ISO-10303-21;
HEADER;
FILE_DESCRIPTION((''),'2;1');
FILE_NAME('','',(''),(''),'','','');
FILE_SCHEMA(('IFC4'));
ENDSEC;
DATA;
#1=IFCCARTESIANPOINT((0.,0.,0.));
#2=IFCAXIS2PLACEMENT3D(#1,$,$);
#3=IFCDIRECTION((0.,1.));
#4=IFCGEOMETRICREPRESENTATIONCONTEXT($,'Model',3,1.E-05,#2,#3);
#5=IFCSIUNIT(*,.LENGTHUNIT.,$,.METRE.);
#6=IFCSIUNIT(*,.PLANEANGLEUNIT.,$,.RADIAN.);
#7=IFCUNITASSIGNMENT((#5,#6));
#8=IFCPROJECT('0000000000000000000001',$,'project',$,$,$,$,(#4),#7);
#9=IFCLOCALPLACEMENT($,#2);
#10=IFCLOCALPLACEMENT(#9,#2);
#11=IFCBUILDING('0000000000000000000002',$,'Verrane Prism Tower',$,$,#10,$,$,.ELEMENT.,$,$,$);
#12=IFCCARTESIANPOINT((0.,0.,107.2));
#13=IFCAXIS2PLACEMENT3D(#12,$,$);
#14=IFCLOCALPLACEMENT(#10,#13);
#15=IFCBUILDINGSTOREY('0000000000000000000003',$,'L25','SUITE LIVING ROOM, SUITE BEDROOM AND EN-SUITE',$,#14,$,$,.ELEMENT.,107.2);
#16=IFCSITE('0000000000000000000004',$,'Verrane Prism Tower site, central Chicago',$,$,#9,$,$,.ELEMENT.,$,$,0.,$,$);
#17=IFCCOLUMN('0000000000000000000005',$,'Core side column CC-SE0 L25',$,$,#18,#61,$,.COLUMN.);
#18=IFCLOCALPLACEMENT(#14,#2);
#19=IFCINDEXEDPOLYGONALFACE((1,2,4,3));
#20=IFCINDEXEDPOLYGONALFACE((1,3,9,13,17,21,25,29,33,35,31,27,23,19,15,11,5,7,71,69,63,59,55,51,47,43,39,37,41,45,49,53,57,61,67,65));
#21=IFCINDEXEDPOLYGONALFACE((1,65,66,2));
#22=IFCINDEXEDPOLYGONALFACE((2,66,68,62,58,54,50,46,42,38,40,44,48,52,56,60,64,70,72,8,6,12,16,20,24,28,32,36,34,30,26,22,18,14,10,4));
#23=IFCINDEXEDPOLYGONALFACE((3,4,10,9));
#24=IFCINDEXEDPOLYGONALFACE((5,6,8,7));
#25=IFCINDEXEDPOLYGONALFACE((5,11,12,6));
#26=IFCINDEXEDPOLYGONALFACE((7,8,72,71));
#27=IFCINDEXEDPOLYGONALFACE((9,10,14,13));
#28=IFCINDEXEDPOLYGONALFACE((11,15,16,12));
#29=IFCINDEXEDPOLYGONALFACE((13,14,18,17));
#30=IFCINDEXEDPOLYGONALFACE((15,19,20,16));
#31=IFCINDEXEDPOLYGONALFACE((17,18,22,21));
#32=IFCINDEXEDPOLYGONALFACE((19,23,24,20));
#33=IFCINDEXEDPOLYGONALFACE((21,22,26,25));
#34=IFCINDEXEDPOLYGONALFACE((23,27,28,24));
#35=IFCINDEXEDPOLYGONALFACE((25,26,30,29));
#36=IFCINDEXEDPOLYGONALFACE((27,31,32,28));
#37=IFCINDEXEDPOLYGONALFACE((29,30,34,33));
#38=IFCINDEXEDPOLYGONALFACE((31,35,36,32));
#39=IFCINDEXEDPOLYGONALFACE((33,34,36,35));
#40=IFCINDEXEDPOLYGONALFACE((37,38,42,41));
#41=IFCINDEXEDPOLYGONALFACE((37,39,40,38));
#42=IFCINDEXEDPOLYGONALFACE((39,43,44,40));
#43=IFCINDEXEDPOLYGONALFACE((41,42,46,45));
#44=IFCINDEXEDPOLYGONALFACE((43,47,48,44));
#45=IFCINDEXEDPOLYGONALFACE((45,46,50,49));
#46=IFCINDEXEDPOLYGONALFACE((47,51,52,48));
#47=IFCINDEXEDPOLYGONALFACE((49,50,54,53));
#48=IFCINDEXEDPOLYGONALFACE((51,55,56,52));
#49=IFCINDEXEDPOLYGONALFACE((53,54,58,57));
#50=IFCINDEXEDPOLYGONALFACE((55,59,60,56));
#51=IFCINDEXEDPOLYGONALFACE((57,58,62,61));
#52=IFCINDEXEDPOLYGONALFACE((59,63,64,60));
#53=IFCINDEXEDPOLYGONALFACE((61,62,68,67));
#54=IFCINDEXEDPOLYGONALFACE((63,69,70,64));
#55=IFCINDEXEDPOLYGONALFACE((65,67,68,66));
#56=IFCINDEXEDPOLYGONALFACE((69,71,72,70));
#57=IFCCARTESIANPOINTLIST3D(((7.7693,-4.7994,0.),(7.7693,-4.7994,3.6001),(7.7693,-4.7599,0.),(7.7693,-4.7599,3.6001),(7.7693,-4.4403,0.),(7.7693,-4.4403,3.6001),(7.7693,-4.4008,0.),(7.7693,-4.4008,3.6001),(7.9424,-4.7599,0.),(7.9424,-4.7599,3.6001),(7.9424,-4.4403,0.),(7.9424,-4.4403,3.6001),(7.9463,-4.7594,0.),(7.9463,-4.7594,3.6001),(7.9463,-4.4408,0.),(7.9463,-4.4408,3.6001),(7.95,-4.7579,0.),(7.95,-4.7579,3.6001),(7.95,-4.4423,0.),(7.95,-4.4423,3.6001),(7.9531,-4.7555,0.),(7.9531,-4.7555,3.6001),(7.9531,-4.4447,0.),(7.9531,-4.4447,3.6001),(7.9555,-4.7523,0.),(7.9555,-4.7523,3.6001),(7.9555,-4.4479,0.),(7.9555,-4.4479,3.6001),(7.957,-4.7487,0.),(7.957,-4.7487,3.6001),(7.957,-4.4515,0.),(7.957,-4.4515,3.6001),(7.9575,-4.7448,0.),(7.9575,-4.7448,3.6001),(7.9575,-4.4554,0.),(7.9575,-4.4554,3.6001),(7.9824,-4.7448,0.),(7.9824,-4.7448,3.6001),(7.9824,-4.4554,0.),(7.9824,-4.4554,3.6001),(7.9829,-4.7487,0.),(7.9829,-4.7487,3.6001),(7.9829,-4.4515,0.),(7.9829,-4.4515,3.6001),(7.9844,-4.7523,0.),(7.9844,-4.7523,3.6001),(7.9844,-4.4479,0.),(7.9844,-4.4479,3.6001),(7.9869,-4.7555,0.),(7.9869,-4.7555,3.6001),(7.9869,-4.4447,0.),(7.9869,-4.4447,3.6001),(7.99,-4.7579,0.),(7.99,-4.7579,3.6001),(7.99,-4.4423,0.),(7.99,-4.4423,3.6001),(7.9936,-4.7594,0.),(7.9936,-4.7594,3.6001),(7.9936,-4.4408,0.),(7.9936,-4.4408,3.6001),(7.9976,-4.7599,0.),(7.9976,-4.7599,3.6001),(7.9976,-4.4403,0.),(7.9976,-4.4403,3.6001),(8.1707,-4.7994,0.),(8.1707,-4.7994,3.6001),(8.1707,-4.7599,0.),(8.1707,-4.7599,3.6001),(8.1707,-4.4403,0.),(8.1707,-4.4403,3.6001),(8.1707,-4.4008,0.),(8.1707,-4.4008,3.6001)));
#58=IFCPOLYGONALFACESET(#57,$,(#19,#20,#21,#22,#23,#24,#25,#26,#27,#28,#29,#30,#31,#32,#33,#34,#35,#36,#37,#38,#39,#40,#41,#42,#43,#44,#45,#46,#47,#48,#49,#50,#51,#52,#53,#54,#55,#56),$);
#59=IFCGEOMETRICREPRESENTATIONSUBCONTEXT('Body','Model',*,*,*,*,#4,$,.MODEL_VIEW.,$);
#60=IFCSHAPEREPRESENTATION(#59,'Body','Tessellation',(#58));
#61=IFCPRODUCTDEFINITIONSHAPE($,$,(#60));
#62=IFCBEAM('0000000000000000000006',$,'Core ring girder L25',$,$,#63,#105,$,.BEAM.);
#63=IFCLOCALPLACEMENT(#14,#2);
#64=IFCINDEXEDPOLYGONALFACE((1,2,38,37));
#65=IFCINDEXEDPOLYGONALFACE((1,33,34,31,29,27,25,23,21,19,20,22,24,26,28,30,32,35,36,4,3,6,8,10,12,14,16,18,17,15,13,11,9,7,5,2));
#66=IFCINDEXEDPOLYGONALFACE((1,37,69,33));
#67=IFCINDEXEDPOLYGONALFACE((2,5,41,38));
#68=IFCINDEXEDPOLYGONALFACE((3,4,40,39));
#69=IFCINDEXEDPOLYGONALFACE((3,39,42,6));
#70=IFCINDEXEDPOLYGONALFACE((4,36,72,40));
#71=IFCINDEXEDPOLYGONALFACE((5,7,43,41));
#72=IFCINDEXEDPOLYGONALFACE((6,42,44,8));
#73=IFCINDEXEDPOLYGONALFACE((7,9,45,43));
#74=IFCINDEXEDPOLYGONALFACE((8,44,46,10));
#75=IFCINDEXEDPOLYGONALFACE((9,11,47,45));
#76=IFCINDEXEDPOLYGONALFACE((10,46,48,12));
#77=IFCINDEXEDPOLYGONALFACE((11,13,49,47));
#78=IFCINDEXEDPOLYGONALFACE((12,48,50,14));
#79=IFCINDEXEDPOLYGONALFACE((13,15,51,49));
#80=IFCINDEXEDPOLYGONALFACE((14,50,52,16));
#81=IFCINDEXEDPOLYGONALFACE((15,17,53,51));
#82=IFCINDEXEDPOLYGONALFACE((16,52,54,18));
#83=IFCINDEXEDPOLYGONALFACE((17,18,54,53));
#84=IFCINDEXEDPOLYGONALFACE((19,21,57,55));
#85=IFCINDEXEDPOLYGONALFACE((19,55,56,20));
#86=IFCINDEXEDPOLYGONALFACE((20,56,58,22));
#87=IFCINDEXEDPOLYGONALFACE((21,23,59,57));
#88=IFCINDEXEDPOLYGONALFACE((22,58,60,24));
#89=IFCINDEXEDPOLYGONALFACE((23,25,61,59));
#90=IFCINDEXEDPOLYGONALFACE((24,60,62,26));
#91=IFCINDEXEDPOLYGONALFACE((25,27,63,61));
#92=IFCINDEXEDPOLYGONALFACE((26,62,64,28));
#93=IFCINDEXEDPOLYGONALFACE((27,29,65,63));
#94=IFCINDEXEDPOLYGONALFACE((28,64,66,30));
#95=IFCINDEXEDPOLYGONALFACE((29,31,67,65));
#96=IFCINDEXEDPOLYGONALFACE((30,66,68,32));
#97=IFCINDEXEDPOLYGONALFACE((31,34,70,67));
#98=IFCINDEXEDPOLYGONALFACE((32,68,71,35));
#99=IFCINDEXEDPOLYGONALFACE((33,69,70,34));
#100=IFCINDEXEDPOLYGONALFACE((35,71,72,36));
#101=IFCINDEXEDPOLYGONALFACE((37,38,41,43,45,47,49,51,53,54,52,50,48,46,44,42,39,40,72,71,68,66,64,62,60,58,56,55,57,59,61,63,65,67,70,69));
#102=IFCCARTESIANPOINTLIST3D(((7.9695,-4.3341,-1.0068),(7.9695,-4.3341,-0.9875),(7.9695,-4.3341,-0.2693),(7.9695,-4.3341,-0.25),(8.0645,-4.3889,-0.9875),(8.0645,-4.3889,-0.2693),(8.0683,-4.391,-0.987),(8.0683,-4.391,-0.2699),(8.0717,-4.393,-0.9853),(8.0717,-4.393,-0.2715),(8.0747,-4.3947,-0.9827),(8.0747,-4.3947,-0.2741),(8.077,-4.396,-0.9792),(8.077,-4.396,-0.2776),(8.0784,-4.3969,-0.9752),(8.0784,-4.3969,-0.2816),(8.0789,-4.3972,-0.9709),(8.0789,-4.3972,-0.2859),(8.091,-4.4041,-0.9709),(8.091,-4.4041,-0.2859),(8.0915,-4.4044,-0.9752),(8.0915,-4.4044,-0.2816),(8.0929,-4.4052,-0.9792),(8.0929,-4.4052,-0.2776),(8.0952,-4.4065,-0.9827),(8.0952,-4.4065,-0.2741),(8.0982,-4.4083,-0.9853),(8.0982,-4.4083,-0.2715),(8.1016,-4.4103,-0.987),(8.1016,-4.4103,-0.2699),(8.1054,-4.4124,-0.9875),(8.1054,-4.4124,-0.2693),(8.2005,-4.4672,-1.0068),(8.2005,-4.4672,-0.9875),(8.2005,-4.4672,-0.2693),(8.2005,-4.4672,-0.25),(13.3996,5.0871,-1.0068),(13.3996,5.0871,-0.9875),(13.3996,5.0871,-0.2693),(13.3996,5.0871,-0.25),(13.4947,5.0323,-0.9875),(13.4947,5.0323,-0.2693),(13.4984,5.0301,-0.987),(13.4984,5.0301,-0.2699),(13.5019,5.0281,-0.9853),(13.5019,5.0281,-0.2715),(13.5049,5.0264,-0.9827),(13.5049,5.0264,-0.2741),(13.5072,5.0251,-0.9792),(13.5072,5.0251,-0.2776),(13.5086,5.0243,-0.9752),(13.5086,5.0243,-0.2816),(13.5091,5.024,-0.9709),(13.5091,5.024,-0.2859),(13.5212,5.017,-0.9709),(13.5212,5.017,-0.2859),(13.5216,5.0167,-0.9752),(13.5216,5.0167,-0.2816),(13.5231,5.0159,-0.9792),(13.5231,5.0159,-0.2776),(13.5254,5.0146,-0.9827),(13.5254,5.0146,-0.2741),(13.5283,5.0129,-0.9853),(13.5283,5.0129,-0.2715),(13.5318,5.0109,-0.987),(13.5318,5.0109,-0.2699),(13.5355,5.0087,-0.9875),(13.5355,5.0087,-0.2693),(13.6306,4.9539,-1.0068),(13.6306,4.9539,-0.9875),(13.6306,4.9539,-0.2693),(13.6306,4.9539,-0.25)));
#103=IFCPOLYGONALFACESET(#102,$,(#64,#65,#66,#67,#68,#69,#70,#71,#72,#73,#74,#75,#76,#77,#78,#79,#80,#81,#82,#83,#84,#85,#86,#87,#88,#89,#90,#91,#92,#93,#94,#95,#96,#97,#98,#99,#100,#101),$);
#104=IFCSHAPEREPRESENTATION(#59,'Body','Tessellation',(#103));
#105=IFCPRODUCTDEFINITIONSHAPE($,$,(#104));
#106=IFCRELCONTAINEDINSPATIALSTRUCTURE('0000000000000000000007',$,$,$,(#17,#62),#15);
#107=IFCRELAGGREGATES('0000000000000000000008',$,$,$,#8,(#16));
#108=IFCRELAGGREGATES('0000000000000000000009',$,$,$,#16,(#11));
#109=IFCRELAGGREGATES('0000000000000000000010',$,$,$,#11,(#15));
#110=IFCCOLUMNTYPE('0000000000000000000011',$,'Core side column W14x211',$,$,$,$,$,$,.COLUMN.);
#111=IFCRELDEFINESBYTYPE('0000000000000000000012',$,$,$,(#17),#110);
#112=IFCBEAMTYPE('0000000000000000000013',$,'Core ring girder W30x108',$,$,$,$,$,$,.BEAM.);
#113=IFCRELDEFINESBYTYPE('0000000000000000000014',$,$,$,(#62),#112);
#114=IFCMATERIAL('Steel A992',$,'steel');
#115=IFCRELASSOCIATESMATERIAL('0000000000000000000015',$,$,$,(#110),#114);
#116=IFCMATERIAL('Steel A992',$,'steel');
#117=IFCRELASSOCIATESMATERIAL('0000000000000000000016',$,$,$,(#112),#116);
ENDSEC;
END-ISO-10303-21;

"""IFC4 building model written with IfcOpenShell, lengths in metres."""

from ifc_helpers import new_model, si_unit, direction, frame, origin, origin_2d, place, context, subcontext, project, spatial, i_section, extrude, material, material_profile, profile_set, type_object, element, save


model = new_model("IFC4")

# Units and contexts
model_context = context("Model", 3, precision=1e-05, world=origin(), true_north=direction((0.0, 1.0)))
body_context = subcontext(model_context, "Body", "Model", "MODEL_VIEW")
ifc_project = project(units=[si_unit("LENGTHUNIT", "METRE"), si_unit("PLANEANGLEUNIT", "RADIAN")], contexts=[model_context])

# Site, building, storey
site_placement = place(None, origin())
site = spatial("IfcSite", under=ifc_project, at=site_placement, Name="Verrane Prism Tower site, central Chicago", CompositionType="ELEMENT", RefElevation=0.0)
building_placement = place(site_placement, origin())
building = spatial("IfcBuilding", under=site, at=building_placement, Name="Verrane Prism Tower", CompositionType="ELEMENT")
storey_placement = place(building_placement, frame((0.0, 0.0, 107.2)))
storey = spatial("IfcBuildingStorey", under=building, at=storey_placement, Name="L25", Description="SUITE LIVING ROOM, SUITE BEDROOM AND EN-SUITE", CompositionType="ELEMENT", Elevation=107.2)

# Column
ifc_material_1 = material(Name="Steel A992", Category="steel")
ifc_material_profile_1 = material_profile(ifc_material_1, i_section(OverallWidth=0.4014, OverallDepth=0.3987, WebThickness=0.0249, FlangeThickness=0.0396, FilletRadius=0.0151, at=origin_2d()), Name="W14x211")
ifc_profile_set_1 = profile_set([ifc_material_profile_1], Name="Steel A992")
column_type = type_object("IfcColumnType", Name="Core side column W14x211", PredefinedType="COLUMN", material=ifc_profile_set_1)
column_placement = place(storey_placement, frame((7.97, -4.6001, 0.0), z_axis=(0.0, 0.0, 1.0), x_axis=(1.0, 0.0, 0.0)))
element("IfcColumn", 1, at=column_placement, inside=storey, type_object=column_type, Name="Core side column CC-SE0 L25", PredefinedType="COLUMN", context=body_context, shape_type="SweptSolid", body=[
    extrude(i_section(OverallWidth=0.4014, OverallDepth=0.3987, WebThickness=0.0249, FlangeThickness=0.0396, FilletRadius=0.0151, at=origin_2d()), origin(), (0.0, 0.0, 1.0), 3.6001),
])

# Beam
ifc_material_2 = material(Name="Steel A992", Category="steel")
ifc_material_profile_2 = material_profile(ifc_material_2, i_section(OverallWidth=0.2666, OverallDepth=0.7568, WebThickness=0.0139, FlangeThickness=0.0193, FilletRadius=0.0166, at=origin_2d()), Name="W30x108")
ifc_profile_set_2 = profile_set([ifc_material_profile_2], Name="Steel A992")
beam_type = type_object("IfcBeamType", Name="Core ring girder W30x108", PredefinedType="BEAM", material=ifc_profile_set_2)
beam_placement = place(storey_placement, frame((8.085, -4.4006, -0.6284), z_axis=(0.499371, 0.866388, 0.0), x_axis=(-0.866388, 0.499371, 0.0)))
element("IfcBeam", 2, at=beam_placement, inside=storey, type_object=beam_type, Name="Core ring girder L25", PredefinedType="BEAM", context=body_context, shape_type="SweptSolid", body=[
    extrude(i_section(OverallWidth=0.2666, OverallDepth=0.7568, WebThickness=0.0139, FlangeThickness=0.0193, FilletRadius=0.0166, at=origin_2d()), origin(), (0.0, 0.0, 1.0), 10.874),
])

save(model, "model.ifc")
